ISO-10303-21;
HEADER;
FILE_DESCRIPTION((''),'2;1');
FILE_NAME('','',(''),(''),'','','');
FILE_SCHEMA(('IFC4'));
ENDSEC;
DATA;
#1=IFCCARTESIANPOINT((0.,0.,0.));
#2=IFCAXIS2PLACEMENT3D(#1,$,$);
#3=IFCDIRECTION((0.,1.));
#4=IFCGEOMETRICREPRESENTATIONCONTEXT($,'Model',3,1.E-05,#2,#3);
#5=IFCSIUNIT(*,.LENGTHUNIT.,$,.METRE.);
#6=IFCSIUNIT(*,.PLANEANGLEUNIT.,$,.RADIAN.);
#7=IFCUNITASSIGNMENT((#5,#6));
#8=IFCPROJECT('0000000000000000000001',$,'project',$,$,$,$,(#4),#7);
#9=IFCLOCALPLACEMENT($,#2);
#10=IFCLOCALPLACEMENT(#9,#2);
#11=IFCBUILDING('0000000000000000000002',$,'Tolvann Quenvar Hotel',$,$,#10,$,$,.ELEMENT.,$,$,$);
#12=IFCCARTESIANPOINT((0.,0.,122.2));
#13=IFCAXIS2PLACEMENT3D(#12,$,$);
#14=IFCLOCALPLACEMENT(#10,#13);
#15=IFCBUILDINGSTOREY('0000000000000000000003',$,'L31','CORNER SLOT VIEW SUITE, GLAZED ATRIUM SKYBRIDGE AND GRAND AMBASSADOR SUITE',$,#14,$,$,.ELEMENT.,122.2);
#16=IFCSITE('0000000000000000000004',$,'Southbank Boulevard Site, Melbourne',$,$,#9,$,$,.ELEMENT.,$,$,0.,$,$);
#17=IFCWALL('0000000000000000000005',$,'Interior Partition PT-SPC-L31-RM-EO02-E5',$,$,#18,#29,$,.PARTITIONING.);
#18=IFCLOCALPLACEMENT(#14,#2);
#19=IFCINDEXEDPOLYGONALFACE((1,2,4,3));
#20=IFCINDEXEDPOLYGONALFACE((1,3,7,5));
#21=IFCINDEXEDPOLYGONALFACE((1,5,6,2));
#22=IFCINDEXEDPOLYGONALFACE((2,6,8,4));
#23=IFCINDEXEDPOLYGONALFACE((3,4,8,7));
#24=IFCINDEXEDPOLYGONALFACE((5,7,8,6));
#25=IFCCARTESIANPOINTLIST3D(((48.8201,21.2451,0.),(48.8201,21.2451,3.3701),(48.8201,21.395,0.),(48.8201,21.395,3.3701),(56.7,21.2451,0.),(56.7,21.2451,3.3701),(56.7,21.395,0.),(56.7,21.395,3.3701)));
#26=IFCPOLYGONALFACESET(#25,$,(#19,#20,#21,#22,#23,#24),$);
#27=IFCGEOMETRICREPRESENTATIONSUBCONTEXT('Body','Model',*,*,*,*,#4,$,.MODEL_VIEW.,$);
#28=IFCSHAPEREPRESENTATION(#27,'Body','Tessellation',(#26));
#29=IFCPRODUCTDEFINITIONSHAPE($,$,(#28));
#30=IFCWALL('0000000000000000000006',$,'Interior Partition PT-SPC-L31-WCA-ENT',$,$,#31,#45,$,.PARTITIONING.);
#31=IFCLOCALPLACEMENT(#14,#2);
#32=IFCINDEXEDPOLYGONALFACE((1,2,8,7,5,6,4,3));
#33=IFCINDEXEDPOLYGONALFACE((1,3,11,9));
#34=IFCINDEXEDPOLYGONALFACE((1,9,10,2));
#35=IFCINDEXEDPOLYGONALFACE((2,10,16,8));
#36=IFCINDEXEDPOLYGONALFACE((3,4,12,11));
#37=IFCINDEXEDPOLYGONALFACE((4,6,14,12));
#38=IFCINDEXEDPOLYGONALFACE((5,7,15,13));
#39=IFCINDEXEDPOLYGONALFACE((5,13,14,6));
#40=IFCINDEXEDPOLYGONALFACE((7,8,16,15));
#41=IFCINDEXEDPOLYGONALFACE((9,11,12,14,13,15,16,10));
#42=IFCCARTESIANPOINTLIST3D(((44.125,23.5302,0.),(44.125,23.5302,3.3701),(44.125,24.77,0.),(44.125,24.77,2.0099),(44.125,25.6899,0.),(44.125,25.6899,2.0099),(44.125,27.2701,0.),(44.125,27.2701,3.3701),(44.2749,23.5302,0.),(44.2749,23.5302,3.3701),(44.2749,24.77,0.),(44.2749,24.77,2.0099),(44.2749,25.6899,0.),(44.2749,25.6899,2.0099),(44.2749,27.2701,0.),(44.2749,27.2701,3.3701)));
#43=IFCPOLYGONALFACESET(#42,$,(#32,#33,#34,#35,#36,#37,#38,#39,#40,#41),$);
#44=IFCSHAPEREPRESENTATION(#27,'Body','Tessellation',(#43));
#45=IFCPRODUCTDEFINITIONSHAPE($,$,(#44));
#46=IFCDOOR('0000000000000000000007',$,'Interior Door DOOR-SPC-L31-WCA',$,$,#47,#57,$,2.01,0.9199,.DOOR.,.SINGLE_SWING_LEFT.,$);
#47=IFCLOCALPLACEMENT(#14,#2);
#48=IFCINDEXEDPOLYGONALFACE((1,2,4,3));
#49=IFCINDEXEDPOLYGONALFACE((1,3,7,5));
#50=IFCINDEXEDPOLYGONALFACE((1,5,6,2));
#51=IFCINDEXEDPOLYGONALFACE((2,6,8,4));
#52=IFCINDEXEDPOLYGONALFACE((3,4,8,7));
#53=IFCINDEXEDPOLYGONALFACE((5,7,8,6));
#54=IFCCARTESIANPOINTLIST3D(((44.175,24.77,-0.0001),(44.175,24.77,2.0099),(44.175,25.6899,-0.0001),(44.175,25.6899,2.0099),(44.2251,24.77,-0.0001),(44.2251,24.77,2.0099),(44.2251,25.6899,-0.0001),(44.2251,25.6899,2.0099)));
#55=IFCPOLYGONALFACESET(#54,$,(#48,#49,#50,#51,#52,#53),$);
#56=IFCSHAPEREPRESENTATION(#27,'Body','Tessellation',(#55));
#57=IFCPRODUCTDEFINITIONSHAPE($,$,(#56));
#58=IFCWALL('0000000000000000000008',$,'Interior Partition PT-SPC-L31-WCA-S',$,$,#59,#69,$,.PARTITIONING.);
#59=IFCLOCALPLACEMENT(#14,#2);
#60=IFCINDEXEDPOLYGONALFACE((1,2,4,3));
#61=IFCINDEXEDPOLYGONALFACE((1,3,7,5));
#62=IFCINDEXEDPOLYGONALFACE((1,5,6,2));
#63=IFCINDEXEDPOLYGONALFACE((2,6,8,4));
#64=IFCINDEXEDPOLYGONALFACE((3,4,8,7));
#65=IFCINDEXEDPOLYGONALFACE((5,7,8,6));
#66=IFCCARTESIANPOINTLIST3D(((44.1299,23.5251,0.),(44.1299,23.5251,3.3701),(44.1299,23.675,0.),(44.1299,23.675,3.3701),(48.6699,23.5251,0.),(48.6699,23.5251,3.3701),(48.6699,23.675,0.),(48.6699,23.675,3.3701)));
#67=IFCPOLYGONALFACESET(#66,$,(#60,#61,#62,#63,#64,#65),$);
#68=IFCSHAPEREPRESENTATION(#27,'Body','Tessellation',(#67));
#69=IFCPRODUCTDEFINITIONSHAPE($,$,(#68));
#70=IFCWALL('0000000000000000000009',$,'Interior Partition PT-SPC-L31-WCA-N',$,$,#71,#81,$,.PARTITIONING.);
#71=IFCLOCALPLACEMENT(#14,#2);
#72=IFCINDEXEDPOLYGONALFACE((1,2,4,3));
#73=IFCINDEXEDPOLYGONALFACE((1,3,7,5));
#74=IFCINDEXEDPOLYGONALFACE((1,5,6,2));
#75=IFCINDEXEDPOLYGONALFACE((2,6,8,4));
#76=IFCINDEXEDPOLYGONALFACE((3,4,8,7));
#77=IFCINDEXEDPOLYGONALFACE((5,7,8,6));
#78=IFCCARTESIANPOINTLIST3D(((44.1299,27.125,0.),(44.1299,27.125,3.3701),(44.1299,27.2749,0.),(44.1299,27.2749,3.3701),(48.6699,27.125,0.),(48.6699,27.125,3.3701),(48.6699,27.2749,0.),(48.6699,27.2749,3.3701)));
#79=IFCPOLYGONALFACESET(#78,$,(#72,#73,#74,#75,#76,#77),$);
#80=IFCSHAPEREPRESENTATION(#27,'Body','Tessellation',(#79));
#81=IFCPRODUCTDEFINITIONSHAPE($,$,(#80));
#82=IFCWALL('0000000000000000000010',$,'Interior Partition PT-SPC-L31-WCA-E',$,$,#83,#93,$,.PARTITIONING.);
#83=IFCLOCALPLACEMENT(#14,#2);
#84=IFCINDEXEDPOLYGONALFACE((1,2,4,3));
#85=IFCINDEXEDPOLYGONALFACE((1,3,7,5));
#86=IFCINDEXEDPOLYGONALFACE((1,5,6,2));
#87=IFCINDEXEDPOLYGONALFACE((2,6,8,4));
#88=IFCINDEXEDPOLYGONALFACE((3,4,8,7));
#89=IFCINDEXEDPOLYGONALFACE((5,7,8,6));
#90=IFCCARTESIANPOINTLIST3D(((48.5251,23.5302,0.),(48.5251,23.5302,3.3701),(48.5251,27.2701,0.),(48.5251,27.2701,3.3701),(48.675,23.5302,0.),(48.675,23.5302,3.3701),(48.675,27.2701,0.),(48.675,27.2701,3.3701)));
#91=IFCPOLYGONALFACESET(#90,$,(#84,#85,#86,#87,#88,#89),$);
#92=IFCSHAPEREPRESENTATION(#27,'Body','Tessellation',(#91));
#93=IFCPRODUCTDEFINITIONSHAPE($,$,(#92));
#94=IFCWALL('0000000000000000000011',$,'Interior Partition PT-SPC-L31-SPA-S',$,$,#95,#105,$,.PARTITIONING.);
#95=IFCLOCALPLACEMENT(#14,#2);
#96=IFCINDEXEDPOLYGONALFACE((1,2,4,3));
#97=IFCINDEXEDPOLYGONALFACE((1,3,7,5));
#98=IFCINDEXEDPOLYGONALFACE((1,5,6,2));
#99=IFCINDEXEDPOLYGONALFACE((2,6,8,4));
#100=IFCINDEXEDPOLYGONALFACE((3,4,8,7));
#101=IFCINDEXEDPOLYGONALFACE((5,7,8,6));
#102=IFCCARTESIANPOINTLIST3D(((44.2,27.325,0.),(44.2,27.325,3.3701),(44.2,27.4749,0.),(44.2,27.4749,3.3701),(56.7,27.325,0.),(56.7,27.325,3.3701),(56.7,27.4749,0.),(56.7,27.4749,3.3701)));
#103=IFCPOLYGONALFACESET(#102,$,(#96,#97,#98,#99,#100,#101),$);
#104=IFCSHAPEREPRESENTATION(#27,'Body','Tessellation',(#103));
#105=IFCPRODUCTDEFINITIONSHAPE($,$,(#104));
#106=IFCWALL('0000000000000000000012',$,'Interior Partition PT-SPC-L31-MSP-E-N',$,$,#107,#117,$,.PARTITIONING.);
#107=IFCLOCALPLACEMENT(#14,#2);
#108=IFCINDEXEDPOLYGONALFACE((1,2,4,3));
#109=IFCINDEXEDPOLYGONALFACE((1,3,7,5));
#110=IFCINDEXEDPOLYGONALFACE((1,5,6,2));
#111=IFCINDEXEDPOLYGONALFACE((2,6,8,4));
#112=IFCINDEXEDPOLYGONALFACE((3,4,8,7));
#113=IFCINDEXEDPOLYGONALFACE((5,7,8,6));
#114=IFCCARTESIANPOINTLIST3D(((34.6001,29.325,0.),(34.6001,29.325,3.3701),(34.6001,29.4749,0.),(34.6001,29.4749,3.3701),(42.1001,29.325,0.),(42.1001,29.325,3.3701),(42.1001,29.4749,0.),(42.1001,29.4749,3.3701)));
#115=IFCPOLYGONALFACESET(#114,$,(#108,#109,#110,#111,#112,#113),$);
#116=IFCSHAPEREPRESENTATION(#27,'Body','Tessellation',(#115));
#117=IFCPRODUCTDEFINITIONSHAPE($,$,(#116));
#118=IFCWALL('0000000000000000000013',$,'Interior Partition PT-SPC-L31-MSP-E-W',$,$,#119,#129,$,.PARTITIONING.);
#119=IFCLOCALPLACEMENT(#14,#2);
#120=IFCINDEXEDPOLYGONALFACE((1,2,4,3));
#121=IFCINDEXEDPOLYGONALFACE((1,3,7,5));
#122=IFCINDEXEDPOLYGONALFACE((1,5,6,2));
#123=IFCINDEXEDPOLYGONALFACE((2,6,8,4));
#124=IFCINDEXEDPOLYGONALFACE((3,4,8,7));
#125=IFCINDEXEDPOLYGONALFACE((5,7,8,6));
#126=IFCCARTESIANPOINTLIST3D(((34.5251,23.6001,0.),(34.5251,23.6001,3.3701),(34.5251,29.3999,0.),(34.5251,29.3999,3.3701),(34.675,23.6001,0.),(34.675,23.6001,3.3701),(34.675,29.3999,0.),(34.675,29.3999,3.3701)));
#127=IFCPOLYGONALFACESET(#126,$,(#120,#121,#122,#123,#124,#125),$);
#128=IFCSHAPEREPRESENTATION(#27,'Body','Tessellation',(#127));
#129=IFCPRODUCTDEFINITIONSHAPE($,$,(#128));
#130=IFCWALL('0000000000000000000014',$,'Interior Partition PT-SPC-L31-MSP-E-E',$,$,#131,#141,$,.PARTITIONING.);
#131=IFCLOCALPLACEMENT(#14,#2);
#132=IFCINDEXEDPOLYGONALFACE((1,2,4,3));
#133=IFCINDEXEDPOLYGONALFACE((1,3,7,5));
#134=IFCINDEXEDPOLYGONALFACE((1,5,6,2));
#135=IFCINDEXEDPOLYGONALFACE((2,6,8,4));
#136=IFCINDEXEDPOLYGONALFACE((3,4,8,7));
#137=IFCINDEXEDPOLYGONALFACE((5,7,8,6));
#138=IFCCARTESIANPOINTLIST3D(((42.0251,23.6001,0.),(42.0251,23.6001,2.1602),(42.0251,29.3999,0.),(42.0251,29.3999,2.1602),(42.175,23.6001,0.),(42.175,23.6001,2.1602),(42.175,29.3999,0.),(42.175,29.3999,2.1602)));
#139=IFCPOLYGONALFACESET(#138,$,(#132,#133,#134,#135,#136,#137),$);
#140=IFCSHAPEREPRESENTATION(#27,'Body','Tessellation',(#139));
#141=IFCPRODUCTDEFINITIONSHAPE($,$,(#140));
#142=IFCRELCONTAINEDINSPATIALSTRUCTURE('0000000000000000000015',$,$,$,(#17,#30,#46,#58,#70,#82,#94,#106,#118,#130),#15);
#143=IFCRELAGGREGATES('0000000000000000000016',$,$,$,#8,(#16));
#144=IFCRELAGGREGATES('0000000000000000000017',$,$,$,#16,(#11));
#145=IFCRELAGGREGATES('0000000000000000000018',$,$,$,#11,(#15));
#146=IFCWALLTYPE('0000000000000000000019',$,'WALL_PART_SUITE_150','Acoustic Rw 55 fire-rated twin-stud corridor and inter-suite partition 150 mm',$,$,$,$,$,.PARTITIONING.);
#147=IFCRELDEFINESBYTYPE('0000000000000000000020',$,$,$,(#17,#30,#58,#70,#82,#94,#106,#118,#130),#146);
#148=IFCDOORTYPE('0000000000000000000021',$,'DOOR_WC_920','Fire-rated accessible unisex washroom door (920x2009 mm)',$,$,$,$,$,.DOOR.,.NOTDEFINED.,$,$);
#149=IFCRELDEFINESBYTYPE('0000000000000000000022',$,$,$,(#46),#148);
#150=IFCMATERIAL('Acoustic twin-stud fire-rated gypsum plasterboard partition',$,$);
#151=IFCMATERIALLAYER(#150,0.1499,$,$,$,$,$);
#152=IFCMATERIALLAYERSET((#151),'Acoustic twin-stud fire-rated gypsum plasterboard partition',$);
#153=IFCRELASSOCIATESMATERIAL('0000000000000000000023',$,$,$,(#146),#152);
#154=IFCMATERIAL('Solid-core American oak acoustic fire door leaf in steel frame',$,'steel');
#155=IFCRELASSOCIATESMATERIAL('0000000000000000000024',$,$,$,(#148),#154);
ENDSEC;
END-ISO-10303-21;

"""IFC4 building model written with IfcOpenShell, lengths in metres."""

from ifc_helpers import new_model, si_unit, direction, frame, frame_2d, origin, place, context, subcontext, project, spatial, rectangle, extrude, source, transform, mapped, material, layer, layer_set, type_object, type_shapes, element, fill, save


model = new_model("IFC4")

# Units and contexts
model_context = context("Model", 3, precision=1e-05, world=origin(), true_north=direction((0.0, 1.0)))
body_context = subcontext(model_context, "Body", "Model", "MODEL_VIEW")
ifc_project = project(units=[si_unit("LENGTHUNIT", "METRE"), si_unit("PLANEANGLEUNIT", "RADIAN")], contexts=[model_context])

# Site, building, storey
site_placement = place(None, origin())
site = spatial("IfcSite", under=ifc_project, at=site_placement, Name="Southbank Boulevard Site, Melbourne", CompositionType="ELEMENT", RefElevation=0.0)
building_placement = place(site_placement, origin())
building = spatial("IfcBuilding", under=site, at=building_placement, Name="Tolvann Quenvar Hotel", CompositionType="ELEMENT")
storey_placement = place(building_placement, frame((0.0, 0.0, 122.2)))
storey = spatial("IfcBuildingStorey", under=building, at=storey_placement, Name="L31", Description="CORNER SLOT VIEW SUITE, GLAZED ATRIUM SKYBRIDGE AND GRAND AMBASSADOR SUITE", CompositionType="ELEMENT", Elevation=122.2)

# Shared definitions
ifc_material_1 = material(Name="Acoustic twin-stud fire-rated gypsum plasterboard partition")

# Shared definitions
ifc_layer_1 = layer(ifc_material_1, 0.1499)
ifc_layer_set_1 = layer_set([ifc_layer_1], Name="Acoustic twin-stud fire-rated gypsum plasterboard partition")
wall_type_1 = type_object("IfcWallType", Name="WALL_PART_SUITE_150", Description="Acoustic Rw 55 fire-rated twin-stud corridor and inter-suite partition 150 mm", PredefinedType="PARTITIONING", material=ifc_layer_set_1)
ifc_material_2 = material(Name="Solid-core American oak acoustic fire door leaf in steel frame", Category="steel")
door_type_1 = type_object("IfcDoorType", Name="DOOR_WC_920", Description="Fire-rated accessible unisex washroom door (920x2009 mm)", OperationType="NOTDEFINED", PredefinedType="DOOR", material=ifc_material_2)
shared_shape_1 = source(origin(), body_context, "Body", "SweptSolid", [
    extrude(rectangle(XDim=0.9199, YDim=2.01, at=frame_2d((0.46, 1.0049))), frame((0.0, 0.0249, 0.0), z_axis=(0.0, -1.0, 0.0), x_axis=(1.0, 0.0, 0.0)), (0.0, 0.0, 1.0), 0.05),
])
type_shapes(door_type_1, [shared_shape_1])

# Wall
wall_1_placement = place(storey_placement, frame((48.8201, 21.3201, 0.0), z_axis=(0.0, 0.0, 1.0), x_axis=(1.0, 0.0, 0.0)))
element("IfcWall", 1, at=wall_1_placement, inside=storey, type_object=wall_type_1, Name="Interior Partition PT-SPC-L31-RM-EO02-E5", PredefinedType="PARTITIONING", context=body_context, shape_type="SweptSolid", body=[
    extrude(rectangle(XDim=7.8799, YDim=0.1499, at=frame_2d((3.9399, 0.0))), origin(), (0.0, 0.0, 1.0), 3.3701),
])

# Wall, opening, door
wall_2_placement = place(storey_placement, frame((44.2, 23.53, 0.0), z_axis=(0.0, 0.0, 1.0), x_axis=(0.0, 1.0, 0.0)))
wall_2 = element("IfcWall", 2, at=wall_2_placement, inside=storey, type_object=wall_type_1, Name="Interior Partition PT-SPC-L31-WCA-ENT", PredefinedType="PARTITIONING", context=body_context, shape_type="SweptSolid", body=[
    extrude(rectangle(XDim=3.74, YDim=0.1499, at=frame_2d((1.8701, 0.0))), origin(), (0.0, 0.0, 1.0), 3.3701),
])
opening_1_placement = place(wall_2_placement, frame((1.24, 0.0, 0.0)))
opening_1 = element("IfcOpeningElement", 3, at=opening_1_placement, cuts=wall_2, PredefinedType="OPENING", context=body_context, shape_type="SweptSolid", body=[
    extrude(rectangle(XDim=0.9199, YDim=2.01, at=frame_2d((0.46, 1.0049))), frame((0.0, 0.085, 0.0), z_axis=(0.0, -1.0, 0.0), x_axis=(1.0, 0.0, 0.0)), (0.0, 0.0, 1.0), 0.1699),
])
door_1_placement = place(opening_1_placement, origin())
door_1 = element("IfcDoor", 4, at=door_1_placement, inside=storey, type_object=door_type_1, Name="Interior Door DOOR-SPC-L31-WCA", OperationType="SINGLE_SWING_LEFT", OverallHeight=2.01, OverallWidth=0.9199, PredefinedType="DOOR", context=body_context, shape_type="MappedRepresentation", body=[
    mapped(shared_shape_1, transform((0.0, 0.0, 0.0), x_axis=(1.0, 0.0, 0.0), y_axis=(0.0, 1.0, 0.0), z_axis=(0.0, 0.0, 1.0), scale=1.0)),
])
fill(opening_1, door_1)

# Walls
for number, where, z_axis, x_axis, name in (
    (5, (44.1299, 23.6001, 0.0), (0.0, 0.0, 1.0), (1.0, 0.0, 0.0), "Interior Partition PT-SPC-L31-WCA-S"),
    (6, (44.1299, 27.2, 0.0), (0.0, 0.0, 1.0), (1.0, 0.0, 0.0), "Interior Partition PT-SPC-L31-WCA-N"),
):
    element("IfcWall", number, at=place(storey_placement, frame(where, z_axis=z_axis, x_axis=x_axis)), inside=storey, type_object=wall_type_1, Name=name, PredefinedType="PARTITIONING", context=body_context, shape_type="SweptSolid", body=[
        extrude(rectangle(XDim=4.54, YDim=0.1499, at=frame_2d((2.27, 0.0))), origin(), (0.0, 0.0, 1.0), 3.3701),
    ])
wall_3_placement = place(storey_placement, frame((48.6001, 23.53, 0.0), z_axis=(0.0, 0.0, 1.0), x_axis=(0.0, 1.0, 0.0)))
element("IfcWall", 7, at=wall_3_placement, inside=storey, type_object=wall_type_1, Name="Interior Partition PT-SPC-L31-WCA-E", PredefinedType="PARTITIONING", context=body_context, shape_type="SweptSolid", body=[
    extrude(rectangle(XDim=3.74, YDim=0.1499, at=frame_2d((1.8701, 0.0))), origin(), (0.0, 0.0, 1.0), 3.3701),
])
wall_4_placement = place(storey_placement, frame((44.2, 27.3999, 0.0), z_axis=(0.0, 0.0, 1.0), x_axis=(1.0, 0.0, 0.0)))
element("IfcWall", 8, at=wall_4_placement, inside=storey, type_object=wall_type_1, Name="Interior Partition PT-SPC-L31-SPA-S", PredefinedType="PARTITIONING", context=body_context, shape_type="SweptSolid", body=[
    extrude(rectangle(XDim=12.5, YDim=0.1499, at=frame_2d((6.25, 0.0))), origin(), (0.0, 0.0, 1.0), 3.3701),
])

# Walls
wall_5_placement = place(storey_placement, frame((34.6001, 29.3999, 0.0), z_axis=(0.0, 0.0, 1.0), x_axis=(1.0, 0.0, 0.0)))
element("IfcWall", 9, at=wall_5_placement, inside=storey, type_object=wall_type_1, Name="Interior Partition PT-SPC-L31-MSP-E-N", PredefinedType="PARTITIONING", context=body_context, shape_type="SweptSolid", body=[
    extrude(rectangle(XDim=7.5, YDim=0.1499, at=frame_2d((3.75, 0.0))), origin(), (0.0, 0.0, 1.0), 3.3701),
])
wall_6_placement = place(storey_placement, frame((34.6001, 23.6001, 0.0), z_axis=(0.0, 0.0, 1.0), x_axis=(0.0, 1.0, 0.0)))
element("IfcWall", 10, at=wall_6_placement, inside=storey, type_object=wall_type_1, Name="Interior Partition PT-SPC-L31-MSP-E-W", PredefinedType="PARTITIONING", context=body_context, shape_type="SweptSolid", body=[
    extrude(rectangle(XDim=5.7998, YDim=0.1499, at=frame_2d((2.8999, 0.0))), origin(), (0.0, 0.0, 1.0), 3.3701),
])
wall_7_placement = place(storey_placement, frame((42.1001, 23.6001, 0.0), z_axis=(0.0, 0.0, 1.0), x_axis=(0.0, 1.0, 0.0)))
element("IfcWall", 11, at=wall_7_placement, inside=storey, type_object=wall_type_1, Name="Interior Partition PT-SPC-L31-MSP-E-E", PredefinedType="PARTITIONING", context=body_context, shape_type="SweptSolid", body=[
    extrude(rectangle(XDim=5.7998, YDim=0.1499, at=frame_2d((2.8999, 0.0))), origin(), (0.0, 0.0, 1.0), 2.1602),
])

save(model, "model.ifc")
